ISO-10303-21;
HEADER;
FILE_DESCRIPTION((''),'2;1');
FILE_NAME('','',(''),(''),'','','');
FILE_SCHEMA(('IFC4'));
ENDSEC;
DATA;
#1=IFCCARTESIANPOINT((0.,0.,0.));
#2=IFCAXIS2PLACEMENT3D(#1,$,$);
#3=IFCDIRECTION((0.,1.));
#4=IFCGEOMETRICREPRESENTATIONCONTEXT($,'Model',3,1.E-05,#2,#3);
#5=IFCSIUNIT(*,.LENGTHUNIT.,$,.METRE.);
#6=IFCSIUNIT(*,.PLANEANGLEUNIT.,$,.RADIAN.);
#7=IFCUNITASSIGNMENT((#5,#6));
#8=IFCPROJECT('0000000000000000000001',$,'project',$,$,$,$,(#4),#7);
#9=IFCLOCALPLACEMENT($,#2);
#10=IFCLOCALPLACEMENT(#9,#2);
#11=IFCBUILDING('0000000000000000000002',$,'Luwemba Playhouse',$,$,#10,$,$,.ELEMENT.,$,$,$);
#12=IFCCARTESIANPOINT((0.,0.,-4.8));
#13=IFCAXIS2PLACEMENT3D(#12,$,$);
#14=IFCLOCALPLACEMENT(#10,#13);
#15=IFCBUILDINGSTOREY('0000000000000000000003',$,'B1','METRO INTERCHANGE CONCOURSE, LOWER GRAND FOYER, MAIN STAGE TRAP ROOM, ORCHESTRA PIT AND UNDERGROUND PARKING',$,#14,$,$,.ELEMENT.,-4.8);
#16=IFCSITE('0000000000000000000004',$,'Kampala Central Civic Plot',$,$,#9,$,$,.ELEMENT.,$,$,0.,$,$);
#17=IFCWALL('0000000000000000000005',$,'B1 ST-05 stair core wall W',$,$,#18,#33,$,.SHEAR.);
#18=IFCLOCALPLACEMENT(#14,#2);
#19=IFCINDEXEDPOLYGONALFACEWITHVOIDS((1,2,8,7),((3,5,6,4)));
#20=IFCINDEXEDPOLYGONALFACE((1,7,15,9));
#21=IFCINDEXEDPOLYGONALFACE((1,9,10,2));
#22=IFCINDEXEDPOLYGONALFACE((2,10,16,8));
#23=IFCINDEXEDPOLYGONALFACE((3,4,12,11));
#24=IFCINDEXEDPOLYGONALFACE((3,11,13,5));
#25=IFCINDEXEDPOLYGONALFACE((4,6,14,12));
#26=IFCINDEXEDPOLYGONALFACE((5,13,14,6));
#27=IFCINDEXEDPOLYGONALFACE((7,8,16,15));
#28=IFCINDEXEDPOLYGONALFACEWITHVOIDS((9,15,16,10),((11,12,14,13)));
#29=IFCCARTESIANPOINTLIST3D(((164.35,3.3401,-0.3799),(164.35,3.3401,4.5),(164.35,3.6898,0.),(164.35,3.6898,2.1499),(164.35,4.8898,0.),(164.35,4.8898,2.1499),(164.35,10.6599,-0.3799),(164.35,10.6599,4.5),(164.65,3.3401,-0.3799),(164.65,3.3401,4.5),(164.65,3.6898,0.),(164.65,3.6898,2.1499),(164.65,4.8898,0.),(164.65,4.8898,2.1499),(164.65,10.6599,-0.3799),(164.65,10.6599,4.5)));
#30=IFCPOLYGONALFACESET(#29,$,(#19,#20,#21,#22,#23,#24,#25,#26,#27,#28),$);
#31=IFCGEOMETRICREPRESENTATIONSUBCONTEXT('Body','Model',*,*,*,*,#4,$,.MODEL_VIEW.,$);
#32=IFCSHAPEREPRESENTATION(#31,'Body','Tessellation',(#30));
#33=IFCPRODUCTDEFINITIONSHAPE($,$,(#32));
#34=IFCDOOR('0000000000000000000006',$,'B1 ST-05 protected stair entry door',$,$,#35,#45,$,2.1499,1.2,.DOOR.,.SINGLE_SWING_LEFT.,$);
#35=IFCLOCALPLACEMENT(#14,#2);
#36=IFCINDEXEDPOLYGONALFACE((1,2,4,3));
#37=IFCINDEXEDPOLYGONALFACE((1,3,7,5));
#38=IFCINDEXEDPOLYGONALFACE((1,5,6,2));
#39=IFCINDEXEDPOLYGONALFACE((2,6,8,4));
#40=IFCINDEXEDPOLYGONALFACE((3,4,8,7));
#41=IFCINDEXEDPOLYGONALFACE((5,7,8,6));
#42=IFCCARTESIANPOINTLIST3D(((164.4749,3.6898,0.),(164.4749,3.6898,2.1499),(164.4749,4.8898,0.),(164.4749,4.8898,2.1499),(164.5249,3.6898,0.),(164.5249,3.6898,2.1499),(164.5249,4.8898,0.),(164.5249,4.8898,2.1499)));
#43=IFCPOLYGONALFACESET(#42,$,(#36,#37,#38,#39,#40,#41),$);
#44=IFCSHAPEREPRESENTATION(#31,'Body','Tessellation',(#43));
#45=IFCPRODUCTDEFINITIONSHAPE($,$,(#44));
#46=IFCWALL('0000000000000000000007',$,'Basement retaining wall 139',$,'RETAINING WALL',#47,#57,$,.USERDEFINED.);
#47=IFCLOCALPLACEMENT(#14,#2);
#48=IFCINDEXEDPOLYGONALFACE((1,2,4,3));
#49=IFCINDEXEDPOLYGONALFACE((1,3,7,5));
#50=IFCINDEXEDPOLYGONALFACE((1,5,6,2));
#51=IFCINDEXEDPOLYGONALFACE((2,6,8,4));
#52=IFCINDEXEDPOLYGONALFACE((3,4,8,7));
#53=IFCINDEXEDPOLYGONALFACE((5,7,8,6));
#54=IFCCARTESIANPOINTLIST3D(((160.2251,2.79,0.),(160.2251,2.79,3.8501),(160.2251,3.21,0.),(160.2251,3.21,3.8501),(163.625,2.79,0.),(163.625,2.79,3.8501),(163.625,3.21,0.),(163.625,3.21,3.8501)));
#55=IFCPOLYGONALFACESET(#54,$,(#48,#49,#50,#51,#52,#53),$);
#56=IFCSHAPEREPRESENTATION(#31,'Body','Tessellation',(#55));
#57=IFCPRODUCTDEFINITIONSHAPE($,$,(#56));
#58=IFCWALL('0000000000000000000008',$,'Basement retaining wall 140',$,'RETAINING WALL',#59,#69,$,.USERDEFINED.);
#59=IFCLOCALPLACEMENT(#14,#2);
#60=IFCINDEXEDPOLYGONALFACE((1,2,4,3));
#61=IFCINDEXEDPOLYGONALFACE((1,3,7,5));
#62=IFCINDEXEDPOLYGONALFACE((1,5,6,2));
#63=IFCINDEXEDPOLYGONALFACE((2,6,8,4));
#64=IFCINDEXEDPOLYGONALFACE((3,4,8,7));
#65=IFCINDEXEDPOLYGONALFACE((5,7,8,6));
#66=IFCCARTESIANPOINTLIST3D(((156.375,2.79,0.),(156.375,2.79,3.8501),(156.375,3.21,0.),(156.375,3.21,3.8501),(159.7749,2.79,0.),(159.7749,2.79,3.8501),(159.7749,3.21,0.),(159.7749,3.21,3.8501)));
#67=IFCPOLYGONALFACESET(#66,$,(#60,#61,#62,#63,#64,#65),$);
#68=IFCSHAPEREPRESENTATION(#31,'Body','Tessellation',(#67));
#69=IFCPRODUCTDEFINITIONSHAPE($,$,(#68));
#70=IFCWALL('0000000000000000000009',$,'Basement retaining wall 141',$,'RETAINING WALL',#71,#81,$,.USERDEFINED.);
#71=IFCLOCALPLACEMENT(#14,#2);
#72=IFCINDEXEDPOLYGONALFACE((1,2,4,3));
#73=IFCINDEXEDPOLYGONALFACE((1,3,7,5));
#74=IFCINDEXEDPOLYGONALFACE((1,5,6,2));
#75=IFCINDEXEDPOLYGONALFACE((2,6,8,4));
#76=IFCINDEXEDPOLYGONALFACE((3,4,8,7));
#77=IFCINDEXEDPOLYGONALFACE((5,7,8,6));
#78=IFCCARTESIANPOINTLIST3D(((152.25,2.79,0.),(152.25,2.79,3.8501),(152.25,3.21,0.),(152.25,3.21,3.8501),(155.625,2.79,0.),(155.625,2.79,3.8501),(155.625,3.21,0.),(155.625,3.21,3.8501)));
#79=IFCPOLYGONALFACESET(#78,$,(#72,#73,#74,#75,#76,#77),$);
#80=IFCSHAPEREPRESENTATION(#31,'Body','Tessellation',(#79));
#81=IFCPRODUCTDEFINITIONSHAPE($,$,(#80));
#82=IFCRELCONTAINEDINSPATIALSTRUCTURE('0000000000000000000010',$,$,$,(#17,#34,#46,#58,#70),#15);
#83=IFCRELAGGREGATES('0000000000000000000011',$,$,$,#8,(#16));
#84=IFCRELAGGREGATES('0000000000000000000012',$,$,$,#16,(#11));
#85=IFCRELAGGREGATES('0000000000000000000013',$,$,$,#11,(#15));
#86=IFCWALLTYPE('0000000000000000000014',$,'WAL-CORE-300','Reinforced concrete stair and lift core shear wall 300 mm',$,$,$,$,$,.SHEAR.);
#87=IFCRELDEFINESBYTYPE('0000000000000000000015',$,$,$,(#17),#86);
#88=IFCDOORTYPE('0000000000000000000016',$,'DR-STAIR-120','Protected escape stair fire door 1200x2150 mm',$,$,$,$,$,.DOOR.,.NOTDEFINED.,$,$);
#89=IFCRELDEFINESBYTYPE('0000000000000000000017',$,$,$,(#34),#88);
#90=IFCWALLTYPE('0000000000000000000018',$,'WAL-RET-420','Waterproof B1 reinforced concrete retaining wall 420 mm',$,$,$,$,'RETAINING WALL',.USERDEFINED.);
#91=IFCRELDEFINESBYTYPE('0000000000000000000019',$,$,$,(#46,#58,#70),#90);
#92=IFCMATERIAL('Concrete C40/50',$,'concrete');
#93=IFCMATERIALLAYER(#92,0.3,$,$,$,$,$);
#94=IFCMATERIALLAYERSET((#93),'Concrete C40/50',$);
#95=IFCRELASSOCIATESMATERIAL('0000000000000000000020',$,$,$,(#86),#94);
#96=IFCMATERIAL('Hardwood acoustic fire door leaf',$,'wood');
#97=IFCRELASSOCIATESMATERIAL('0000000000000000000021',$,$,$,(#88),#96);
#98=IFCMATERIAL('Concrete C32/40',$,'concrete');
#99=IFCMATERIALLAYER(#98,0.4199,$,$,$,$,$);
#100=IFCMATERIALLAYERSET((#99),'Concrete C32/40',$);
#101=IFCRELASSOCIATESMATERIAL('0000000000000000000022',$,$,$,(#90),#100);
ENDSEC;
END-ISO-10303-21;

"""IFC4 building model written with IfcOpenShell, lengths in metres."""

from ifc_helpers import new_model, si_unit, direction, frame, frame_2d, origin, place, context, subcontext, project, spatial, rectangle, extrude, material, layer, layer_set, type_object, element, fill, save


model = new_model("IFC4")

# Units and contexts
model_context = context("Model", 3, precision=1e-05, world=origin(), true_north=direction((0.0, 1.0)))
body_context = subcontext(model_context, "Body", "Model", "MODEL_VIEW")
ifc_project = project(units=[si_unit("LENGTHUNIT", "METRE"), si_unit("PLANEANGLEUNIT", "RADIAN")], contexts=[model_context])

# Site, building, storey
site_placement = place(None, origin())
site = spatial("IfcSite", under=ifc_project, at=site_placement, Name="Kampala Central Civic Plot", CompositionType="ELEMENT", RefElevation=0.0)
building_placement = place(site_placement, origin())
building = spatial("IfcBuilding", under=site, at=building_placement, Name="Luwemba Playhouse", CompositionType="ELEMENT")
storey_placement = place(building_placement, frame((0.0, 0.0, -4.8)))
storey = spatial("IfcBuildingStorey", under=building, at=storey_placement, Name="B1", Description="METRO INTERCHANGE CONCOURSE, LOWER GRAND FOYER, MAIN STAGE TRAP ROOM, ORCHESTRA PIT AND UNDERGROUND PARKING", CompositionType="ELEMENT", Elevation=-4.8)

# Shared definitions
ifc_material_1 = material(Name="Concrete C32/40", Category="concrete")

# Shared definitions
ifc_material_2 = material(Name="Concrete C40/50", Category="concrete")

# Shared definitions
ifc_layer_1 = layer(ifc_material_2, 0.3)
ifc_layer_set_1 = layer_set([ifc_layer_1], Name="Concrete C40/50")
wall_type_1 = type_object("IfcWallType", Name="WAL-CORE-300", Description="Reinforced concrete stair and lift core shear wall 300 mm", PredefinedType="SHEAR", material=ifc_layer_set_1)

# Wall, opening, door
wall_1_placement = place(storey_placement, frame((164.5, 10.6599, -0.3799), z_axis=(0.0, 0.0, 1.0), x_axis=(0.0, -1.0, 0.0)))
wall_1 = element("IfcWall", 1, at=wall_1_placement, inside=storey, type_object=wall_type_1, Name="B1 ST-05 stair core wall W", PredefinedType="SHEAR", context=body_context, shape_type="SweptSolid", body=[
    extrude(rectangle(XDim=7.3198, YDim=0.3, at=frame_2d((3.6599, 0.0))), origin(), (0.0, 0.0, 1.0), 4.8799),
])
opening_placement = place(wall_1_placement, frame((5.77, 0.0, 0.3799)))
opening = element("IfcOpeningElement", 2, at=opening_placement, cuts=wall_1, PredefinedType="OPENING", context=body_context, shape_type="SweptSolid", body=[
    extrude(rectangle(XDim=1.2, YDim=2.1499, at=frame_2d((0.6001, 1.075))), frame((0.0, 0.1599, 0.0), z_axis=(0.0, -1.0, 0.0), x_axis=(1.0, 0.0, 0.0)), (0.0, 0.0, 1.0), 0.3201),
])
ifc_material_3 = material(Name="Hardwood acoustic fire door leaf", Category="wood")
door_type = type_object("IfcDoorType", Name="DR-STAIR-120", Description="Protected escape stair fire door 1200x2150 mm", OperationType="NOTDEFINED", PredefinedType="DOOR", material=ifc_material_3)
door_placement = place(opening_placement, origin())
door = element("IfcDoor", 3, at=door_placement, inside=storey, type_object=door_type, Name="B1 ST-05 protected stair entry door", OperationType="SINGLE_SWING_LEFT", OverallHeight=2.1499, OverallWidth=1.2, PredefinedType="DOOR", context=body_context, shape_type="SweptSolid", body=[
    extrude(rectangle(XDim=1.2, YDim=2.1499, at=frame_2d((0.6001, 1.075))), frame((0.0, 0.0249, 0.0), z_axis=(0.0, -1.0, 0.0), x_axis=(1.0, 0.0, 0.0)), (0.0, 0.0, 1.0), 0.05),
])
fill(opening, door)

# Walls
ifc_layer_2 = layer(ifc_material_1, 0.4199)
ifc_layer_set_2 = layer_set([ifc_layer_2], Name="Concrete C32/40")
wall_type_2 = type_object("IfcWallType", Name="WAL-RET-420", Description="Waterproof B1 reinforced concrete retaining wall 420 mm", ElementType="RETAINING WALL", PredefinedType="USERDEFINED", material=ifc_layer_set_2)
for number, where, z_axis, x_axis, name in (
    (4, (163.625, 3.0, 0.0), (0.0, 0.0, 1.0), (-1.0, 0.0, 0.0), "Basement retaining wall 139"),
    (5, (159.7749, 3.0, 0.0), (0.0, 0.0, 1.0), (-1.0, 0.0, 0.0), "Basement retaining wall 140"),
):
    element("IfcWall", number, at=place(storey_placement, frame(where, z_axis=z_axis, x_axis=x_axis)), inside=storey, type_object=wall_type_2, Name=name, ObjectType="RETAINING WALL", PredefinedType="USERDEFINED", context=body_context, shape_type="SweptSolid", body=[
        extrude(rectangle(XDim=3.3999, YDim=0.4199, at=frame_2d((1.7, 0.0))), origin(), (0.0, 0.0, 1.0), 3.8501),
    ])
wall_2_placement = place(storey_placement, frame((155.625, 3.0, 0.0), z_axis=(0.0, 0.0, 1.0), x_axis=(-1.0, 0.0, 0.0)))
element("IfcWall", 6, at=wall_2_placement, inside=storey, type_object=wall_type_2, Name="Basement retaining wall 141", ObjectType="RETAINING WALL", PredefinedType="USERDEFINED", context=body_context, shape_type="SweptSolid", body=[
    extrude(rectangle(XDim=3.375, YDim=0.4199, at=frame_2d((1.6875, 0.0))), origin(), (0.0, 0.0, 1.0), 3.8501),
])

save(model, "model.ifc")
